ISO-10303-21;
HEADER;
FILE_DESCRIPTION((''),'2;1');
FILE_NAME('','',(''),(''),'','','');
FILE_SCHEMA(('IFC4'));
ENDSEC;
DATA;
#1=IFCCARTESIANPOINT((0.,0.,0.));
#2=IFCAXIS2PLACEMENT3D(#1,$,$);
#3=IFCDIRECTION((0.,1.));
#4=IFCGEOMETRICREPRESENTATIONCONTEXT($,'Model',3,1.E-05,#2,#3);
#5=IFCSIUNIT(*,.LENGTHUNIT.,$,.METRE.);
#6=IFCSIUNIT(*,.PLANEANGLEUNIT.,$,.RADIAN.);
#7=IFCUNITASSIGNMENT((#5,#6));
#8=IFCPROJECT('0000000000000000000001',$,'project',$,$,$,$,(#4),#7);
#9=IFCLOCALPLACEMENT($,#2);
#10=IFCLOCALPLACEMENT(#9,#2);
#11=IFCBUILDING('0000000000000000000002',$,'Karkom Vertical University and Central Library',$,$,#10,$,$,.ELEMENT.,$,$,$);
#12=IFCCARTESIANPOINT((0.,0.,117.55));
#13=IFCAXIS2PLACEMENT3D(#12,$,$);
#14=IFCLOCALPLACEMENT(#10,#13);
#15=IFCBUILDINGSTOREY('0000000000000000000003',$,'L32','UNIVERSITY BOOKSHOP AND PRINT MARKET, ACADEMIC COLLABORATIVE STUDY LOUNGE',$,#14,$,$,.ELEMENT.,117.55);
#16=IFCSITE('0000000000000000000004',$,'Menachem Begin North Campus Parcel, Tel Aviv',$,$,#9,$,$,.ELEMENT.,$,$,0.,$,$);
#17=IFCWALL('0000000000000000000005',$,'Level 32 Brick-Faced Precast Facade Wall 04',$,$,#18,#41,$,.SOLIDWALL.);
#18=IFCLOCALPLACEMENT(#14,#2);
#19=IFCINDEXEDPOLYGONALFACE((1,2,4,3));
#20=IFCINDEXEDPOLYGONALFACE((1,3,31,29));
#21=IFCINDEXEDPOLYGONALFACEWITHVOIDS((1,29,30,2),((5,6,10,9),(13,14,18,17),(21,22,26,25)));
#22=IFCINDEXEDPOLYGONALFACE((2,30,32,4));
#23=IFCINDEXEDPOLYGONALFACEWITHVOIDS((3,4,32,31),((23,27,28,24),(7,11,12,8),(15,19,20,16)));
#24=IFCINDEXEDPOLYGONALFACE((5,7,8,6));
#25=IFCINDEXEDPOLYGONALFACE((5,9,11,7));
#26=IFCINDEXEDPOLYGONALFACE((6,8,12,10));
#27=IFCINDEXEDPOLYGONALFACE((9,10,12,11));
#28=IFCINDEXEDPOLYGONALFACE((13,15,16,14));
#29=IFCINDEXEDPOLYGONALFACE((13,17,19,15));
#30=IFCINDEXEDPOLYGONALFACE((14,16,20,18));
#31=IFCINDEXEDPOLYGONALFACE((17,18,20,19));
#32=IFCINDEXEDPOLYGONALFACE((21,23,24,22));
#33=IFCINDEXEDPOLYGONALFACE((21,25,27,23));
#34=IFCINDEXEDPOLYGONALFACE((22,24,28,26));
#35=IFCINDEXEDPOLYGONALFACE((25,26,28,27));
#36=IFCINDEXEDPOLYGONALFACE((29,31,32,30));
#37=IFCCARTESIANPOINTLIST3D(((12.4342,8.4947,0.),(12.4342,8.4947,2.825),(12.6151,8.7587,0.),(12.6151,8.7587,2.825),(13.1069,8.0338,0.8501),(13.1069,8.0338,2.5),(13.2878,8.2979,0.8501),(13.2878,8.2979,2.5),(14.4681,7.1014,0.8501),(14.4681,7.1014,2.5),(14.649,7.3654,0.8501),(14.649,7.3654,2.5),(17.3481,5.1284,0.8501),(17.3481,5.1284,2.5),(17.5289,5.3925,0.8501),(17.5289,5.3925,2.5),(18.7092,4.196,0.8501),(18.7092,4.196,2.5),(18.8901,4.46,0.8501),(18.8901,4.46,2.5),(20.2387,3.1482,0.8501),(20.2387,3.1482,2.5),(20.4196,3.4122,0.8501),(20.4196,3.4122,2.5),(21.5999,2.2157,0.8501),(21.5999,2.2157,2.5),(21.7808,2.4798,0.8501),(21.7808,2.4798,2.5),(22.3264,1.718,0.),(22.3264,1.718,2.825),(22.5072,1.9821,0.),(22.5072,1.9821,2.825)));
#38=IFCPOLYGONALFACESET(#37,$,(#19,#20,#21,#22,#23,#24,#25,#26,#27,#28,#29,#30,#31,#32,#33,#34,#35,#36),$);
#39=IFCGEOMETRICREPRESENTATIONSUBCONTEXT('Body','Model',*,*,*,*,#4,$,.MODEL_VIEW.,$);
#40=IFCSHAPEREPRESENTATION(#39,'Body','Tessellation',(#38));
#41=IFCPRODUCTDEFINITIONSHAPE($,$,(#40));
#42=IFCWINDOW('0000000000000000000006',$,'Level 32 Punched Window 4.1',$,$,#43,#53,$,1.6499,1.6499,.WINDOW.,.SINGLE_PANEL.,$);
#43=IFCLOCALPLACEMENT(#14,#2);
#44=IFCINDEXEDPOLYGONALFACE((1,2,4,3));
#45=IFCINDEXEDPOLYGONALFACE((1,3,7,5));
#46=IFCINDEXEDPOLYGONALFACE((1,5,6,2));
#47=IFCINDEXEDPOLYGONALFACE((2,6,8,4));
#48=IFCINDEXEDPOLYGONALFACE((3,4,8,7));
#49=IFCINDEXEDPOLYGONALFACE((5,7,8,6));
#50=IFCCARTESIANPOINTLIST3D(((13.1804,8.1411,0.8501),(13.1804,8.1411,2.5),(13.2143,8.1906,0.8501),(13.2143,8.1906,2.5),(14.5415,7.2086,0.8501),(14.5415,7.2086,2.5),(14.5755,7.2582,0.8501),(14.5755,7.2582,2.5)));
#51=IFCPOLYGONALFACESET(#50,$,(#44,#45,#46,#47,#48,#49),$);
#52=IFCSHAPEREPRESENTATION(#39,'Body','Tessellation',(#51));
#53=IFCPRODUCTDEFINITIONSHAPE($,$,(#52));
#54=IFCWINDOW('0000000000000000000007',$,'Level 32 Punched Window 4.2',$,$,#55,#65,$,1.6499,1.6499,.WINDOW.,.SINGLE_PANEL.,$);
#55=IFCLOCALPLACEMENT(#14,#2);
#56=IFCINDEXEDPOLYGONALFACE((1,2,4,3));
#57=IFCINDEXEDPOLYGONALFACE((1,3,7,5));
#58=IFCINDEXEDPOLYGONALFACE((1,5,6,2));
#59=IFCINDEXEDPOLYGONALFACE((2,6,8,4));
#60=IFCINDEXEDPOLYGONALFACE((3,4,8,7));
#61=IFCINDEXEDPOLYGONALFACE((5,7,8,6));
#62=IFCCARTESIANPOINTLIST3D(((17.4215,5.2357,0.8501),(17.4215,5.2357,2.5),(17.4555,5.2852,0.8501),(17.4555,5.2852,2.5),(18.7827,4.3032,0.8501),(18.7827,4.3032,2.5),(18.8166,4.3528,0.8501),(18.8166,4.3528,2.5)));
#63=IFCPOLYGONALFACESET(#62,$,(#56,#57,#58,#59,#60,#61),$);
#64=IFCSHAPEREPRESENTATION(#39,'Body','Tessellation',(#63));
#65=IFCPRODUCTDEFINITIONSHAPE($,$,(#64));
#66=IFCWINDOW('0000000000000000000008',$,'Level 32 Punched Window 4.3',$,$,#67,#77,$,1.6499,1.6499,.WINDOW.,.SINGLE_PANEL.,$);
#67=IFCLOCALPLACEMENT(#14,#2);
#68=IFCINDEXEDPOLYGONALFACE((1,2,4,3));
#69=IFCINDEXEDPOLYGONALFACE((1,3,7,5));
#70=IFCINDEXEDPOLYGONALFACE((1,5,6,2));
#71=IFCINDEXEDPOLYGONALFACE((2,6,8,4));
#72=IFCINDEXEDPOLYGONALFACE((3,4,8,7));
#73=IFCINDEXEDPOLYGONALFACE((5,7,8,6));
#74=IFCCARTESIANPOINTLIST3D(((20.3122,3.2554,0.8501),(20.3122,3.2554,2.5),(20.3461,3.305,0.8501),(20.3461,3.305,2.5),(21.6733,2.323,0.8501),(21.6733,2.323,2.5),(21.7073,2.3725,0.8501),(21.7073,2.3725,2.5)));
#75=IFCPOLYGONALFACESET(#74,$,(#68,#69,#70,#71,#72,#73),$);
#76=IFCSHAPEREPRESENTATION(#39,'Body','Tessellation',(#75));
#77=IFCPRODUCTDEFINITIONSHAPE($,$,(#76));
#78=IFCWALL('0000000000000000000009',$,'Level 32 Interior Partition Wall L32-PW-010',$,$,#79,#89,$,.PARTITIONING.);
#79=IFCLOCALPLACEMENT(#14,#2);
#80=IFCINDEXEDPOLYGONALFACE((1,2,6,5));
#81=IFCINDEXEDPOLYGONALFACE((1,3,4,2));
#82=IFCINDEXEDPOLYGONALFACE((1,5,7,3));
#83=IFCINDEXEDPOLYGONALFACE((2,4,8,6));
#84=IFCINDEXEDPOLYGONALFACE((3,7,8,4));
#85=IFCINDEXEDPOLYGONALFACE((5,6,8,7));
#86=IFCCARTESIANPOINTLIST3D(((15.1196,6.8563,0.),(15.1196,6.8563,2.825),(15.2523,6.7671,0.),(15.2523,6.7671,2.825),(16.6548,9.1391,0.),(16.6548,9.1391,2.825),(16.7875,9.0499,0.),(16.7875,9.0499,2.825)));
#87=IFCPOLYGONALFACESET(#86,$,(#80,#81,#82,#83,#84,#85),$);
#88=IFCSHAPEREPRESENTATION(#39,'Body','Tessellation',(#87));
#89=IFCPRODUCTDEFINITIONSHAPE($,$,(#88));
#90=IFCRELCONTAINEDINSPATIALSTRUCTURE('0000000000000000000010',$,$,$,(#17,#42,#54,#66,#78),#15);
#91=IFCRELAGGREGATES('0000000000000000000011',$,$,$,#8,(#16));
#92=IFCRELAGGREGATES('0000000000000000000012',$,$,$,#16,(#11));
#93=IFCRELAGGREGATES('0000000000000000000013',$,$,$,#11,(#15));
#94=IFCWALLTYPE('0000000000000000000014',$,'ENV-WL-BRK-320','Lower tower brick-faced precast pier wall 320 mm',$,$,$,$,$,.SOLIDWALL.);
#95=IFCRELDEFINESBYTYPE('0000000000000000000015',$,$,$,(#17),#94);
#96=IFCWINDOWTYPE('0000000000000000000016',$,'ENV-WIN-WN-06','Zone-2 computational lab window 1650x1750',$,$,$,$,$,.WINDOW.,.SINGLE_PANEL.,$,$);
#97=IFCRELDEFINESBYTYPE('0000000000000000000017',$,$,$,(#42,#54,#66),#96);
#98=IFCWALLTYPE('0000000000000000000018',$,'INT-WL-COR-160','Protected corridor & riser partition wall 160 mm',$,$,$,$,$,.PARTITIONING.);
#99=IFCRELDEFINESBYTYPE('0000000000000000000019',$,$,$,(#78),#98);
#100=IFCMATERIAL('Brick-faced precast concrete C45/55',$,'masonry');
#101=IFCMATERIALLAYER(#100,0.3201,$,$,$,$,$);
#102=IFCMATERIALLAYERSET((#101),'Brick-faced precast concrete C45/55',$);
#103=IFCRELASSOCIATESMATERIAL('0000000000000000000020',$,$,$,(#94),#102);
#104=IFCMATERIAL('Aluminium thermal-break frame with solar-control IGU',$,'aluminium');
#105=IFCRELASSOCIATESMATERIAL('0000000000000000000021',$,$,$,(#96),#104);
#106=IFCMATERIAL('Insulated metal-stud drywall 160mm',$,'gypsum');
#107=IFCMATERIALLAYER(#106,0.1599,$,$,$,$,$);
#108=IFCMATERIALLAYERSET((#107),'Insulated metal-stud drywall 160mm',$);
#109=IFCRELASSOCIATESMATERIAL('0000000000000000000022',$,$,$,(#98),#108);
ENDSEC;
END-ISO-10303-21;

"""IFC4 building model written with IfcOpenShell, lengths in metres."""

from ifc_helpers import new_model, si_unit, direction, frame, frame_2d, origin, origin_with_axes, place, context, subcontext, project, spatial, rectangle, extrude, source, transform, mapped, material, layer, layer_set, type_object, element, fill, save


model = new_model("IFC4")

# Units and contexts
model_context = context("Model", 3, precision=1e-05, world=origin(), true_north=direction((0.0, 1.0)))
body_context = subcontext(model_context, "Body", "Model", "MODEL_VIEW")
ifc_project = project(units=[si_unit("LENGTHUNIT", "METRE"), si_unit("PLANEANGLEUNIT", "RADIAN")], contexts=[model_context])

# Site, building, storey
site_placement = place(None, origin())
site = spatial("IfcSite", under=ifc_project, at=site_placement, Name="Menachem Begin North Campus Parcel, Tel Aviv", CompositionType="ELEMENT", RefElevation=0.0)
building_placement = place(site_placement, origin())
building = spatial("IfcBuilding", under=site, at=building_placement, Name="Karkom Vertical University and Central Library", CompositionType="ELEMENT")
storey_placement = place(building_placement, frame((0.0, 0.0, 117.55)))
storey = spatial("IfcBuildingStorey", under=building, at=storey_placement, Name="L32", Description="UNIVERSITY BOOKSHOP AND PRINT MARKET, ACADEMIC COLLABORATIVE STUDY LOUNGE", CompositionType="ELEMENT", Elevation=117.55)

# Wall, openings, windows
ifc_material_1 = material(Name="Brick-faced precast concrete C45/55", Category="masonry")
ifc_layer_1 = layer(ifc_material_1, 0.3201)
ifc_layer_set_1 = layer_set([ifc_layer_1], Name="Brick-faced precast concrete C45/55")
wall_type_1 = type_object("IfcWallType", Name="ENV-WL-BRK-320", Description="Lower tower brick-faced precast pier wall 320 mm", PredefinedType="SOLIDWALL", material=ifc_layer_set_1)
wall_1_placement = place(storey_placement, frame((12.5247, 8.6267, 0.0), z_axis=(0.0, 0.0, 1.0), x_axis=(0.824983, -0.565158, 0.0)))
wall_1 = element("IfcWall", 1, at=wall_1_placement, inside=storey, type_object=wall_type_1, Name="Level 32 Brick-Faced Precast Facade Wall 04", PredefinedType="SOLIDWALL", context=body_context, shape_type="SweptSolid", body=[
    extrude(rectangle(XDim=11.9907, YDim=0.3201, at=frame_2d((5.9954, 0.0))), origin(), (0.0, 0.0, 1.0), 2.825),
])
opening_1_placement = place(wall_1_placement, frame((0.8154, 0.0, 0.8501)))
opening_1 = element("IfcOpeningElement", 2, at=opening_1_placement, cuts=wall_1, PredefinedType="OPENING", context=body_context, shape_type="SweptSolid", body=[
    extrude(rectangle(XDim=1.6499, YDim=1.6499, at=frame_2d((0.825, 0.825))), frame((0.0, 0.1699, 0.0), z_axis=(0.0, -1.0, 0.0), x_axis=(1.0, 0.0, 0.0)), (0.0, 0.0, 1.0), 0.3401),
])
opening_2_placement = place(wall_1_placement, frame((5.9563, 0.0, 0.8501)))
opening_2 = element("IfcOpeningElement", 3, at=opening_2_placement, cuts=wall_1, PredefinedType="OPENING", context=body_context, shape_type="SweptSolid", body=[
    extrude(rectangle(XDim=1.6499, YDim=1.6499, at=frame_2d((0.825, 0.825))), frame((0.0, 0.1699, 0.0), z_axis=(0.0, -1.0, 0.0), x_axis=(1.0, 0.0, 0.0)), (0.0, 0.0, 1.0), 0.3401),
])
opening_3_placement = place(wall_1_placement, frame((9.4602, 0.0, 0.8501)))
opening_3 = element("IfcOpeningElement", 4, at=opening_3_placement, cuts=wall_1, PredefinedType="OPENING", context=body_context, shape_type="SweptSolid", body=[
    extrude(rectangle(XDim=1.6499, YDim=1.6499, at=frame_2d((0.825, 0.825))), frame((0.0, 0.1699, 0.0), z_axis=(0.0, -1.0, 0.0), x_axis=(1.0, 0.0, 0.0)), (0.0, 0.0, 1.0), 0.3401),
])
ifc_material_2 = material(Name="Aluminium thermal-break frame with solar-control IGU", Category="aluminium")
window_type = type_object("IfcWindowType", Name="ENV-WIN-WN-06", Description="Zone-2 computational lab window 1650x1750", PartitioningType="SINGLE_PANEL", PredefinedType="WINDOW", material=ifc_material_2)
shared_shape_1 = source(origin_with_axes(), body_context, "Body", "SweptSolid", [
    extrude(rectangle(XDim=1.6499, YDim=1.6499, at=frame_2d((0.825, 0.825))), frame((0.0, 0.03, 0.0), z_axis=(0.0, -1.0, 0.0), x_axis=(1.0, 0.0, 0.0)), (0.0, 0.0, 1.0), 0.0601),
])
window_1_placement = place(opening_1_placement, origin())
window_1 = element("IfcWindow", 5, at=window_1_placement, inside=storey, type_object=window_type, Name="Level 32 Punched Window 4.1", OverallHeight=1.6499, OverallWidth=1.6499, PartitioningType="SINGLE_PANEL", PredefinedType="WINDOW", context=body_context, shape_type="MappedRepresentation", body=[
    mapped(shared_shape_1, transform((0.0, 0.0, 0.0), scale=1.0)),
])
fill(opening_1, window_1)
window_2_placement = place(opening_2_placement, origin())
window_2 = element("IfcWindow", 6, at=window_2_placement, inside=storey, type_object=window_type, Name="Level 32 Punched Window 4.2", OverallHeight=1.6499, OverallWidth=1.6499, PartitioningType="SINGLE_PANEL", PredefinedType="WINDOW", context=body_context, shape_type="MappedRepresentation", body=[
    mapped(shared_shape_1, transform((0.0, 0.0, 0.0), scale=1.0)),
])
fill(opening_2, window_2)
window_3_placement = place(opening_3_placement, origin())
window_3 = element("IfcWindow", 7, at=window_3_placement, inside=storey, type_object=window_type, Name="Level 32 Punched Window 4.3", OverallHeight=1.6499, OverallWidth=1.6499, PartitioningType="SINGLE_PANEL", PredefinedType="WINDOW", context=body_context, shape_type="MappedRepresentation", body=[
    mapped(shared_shape_1, transform((0.0, 0.0, 0.0), scale=1.0)),
])
fill(opening_3, window_3)

# Wall
ifc_material_3 = material(Name="Insulated metal-stud drywall 160mm", Category="gypsum")
ifc_layer_2 = layer(ifc_material_3, 0.1599)
ifc_layer_set_2 = layer_set([ifc_layer_2], Name="Insulated metal-stud drywall 160mm")
wall_type_2 = type_object("IfcWallType", Name="INT-WL-COR-160", Description="Protected corridor & riser partition wall 160 mm", PredefinedType="PARTITIONING", material=ifc_layer_set_2)
wall_2_placement = place(storey_placement, frame((16.7212, 9.0945, 0.0), z_axis=(0.0, 0.0, 1.0), x_axis=(-0.558054, -0.829804, 0.0)))
element("IfcWall", 8, at=wall_2_placement, inside=storey, type_object=wall_type_2, Name="Level 32 Interior Partition Wall L32-PW-010", PredefinedType="PARTITIONING", context=body_context, shape_type="SweptSolid", body=[
    extrude(rectangle(XDim=2.751, YDim=0.1599, at=frame_2d((1.3755, 0.0))), origin(), (0.0, 0.0, 1.0), 2.825),
])

save(model, "model.ifc")
